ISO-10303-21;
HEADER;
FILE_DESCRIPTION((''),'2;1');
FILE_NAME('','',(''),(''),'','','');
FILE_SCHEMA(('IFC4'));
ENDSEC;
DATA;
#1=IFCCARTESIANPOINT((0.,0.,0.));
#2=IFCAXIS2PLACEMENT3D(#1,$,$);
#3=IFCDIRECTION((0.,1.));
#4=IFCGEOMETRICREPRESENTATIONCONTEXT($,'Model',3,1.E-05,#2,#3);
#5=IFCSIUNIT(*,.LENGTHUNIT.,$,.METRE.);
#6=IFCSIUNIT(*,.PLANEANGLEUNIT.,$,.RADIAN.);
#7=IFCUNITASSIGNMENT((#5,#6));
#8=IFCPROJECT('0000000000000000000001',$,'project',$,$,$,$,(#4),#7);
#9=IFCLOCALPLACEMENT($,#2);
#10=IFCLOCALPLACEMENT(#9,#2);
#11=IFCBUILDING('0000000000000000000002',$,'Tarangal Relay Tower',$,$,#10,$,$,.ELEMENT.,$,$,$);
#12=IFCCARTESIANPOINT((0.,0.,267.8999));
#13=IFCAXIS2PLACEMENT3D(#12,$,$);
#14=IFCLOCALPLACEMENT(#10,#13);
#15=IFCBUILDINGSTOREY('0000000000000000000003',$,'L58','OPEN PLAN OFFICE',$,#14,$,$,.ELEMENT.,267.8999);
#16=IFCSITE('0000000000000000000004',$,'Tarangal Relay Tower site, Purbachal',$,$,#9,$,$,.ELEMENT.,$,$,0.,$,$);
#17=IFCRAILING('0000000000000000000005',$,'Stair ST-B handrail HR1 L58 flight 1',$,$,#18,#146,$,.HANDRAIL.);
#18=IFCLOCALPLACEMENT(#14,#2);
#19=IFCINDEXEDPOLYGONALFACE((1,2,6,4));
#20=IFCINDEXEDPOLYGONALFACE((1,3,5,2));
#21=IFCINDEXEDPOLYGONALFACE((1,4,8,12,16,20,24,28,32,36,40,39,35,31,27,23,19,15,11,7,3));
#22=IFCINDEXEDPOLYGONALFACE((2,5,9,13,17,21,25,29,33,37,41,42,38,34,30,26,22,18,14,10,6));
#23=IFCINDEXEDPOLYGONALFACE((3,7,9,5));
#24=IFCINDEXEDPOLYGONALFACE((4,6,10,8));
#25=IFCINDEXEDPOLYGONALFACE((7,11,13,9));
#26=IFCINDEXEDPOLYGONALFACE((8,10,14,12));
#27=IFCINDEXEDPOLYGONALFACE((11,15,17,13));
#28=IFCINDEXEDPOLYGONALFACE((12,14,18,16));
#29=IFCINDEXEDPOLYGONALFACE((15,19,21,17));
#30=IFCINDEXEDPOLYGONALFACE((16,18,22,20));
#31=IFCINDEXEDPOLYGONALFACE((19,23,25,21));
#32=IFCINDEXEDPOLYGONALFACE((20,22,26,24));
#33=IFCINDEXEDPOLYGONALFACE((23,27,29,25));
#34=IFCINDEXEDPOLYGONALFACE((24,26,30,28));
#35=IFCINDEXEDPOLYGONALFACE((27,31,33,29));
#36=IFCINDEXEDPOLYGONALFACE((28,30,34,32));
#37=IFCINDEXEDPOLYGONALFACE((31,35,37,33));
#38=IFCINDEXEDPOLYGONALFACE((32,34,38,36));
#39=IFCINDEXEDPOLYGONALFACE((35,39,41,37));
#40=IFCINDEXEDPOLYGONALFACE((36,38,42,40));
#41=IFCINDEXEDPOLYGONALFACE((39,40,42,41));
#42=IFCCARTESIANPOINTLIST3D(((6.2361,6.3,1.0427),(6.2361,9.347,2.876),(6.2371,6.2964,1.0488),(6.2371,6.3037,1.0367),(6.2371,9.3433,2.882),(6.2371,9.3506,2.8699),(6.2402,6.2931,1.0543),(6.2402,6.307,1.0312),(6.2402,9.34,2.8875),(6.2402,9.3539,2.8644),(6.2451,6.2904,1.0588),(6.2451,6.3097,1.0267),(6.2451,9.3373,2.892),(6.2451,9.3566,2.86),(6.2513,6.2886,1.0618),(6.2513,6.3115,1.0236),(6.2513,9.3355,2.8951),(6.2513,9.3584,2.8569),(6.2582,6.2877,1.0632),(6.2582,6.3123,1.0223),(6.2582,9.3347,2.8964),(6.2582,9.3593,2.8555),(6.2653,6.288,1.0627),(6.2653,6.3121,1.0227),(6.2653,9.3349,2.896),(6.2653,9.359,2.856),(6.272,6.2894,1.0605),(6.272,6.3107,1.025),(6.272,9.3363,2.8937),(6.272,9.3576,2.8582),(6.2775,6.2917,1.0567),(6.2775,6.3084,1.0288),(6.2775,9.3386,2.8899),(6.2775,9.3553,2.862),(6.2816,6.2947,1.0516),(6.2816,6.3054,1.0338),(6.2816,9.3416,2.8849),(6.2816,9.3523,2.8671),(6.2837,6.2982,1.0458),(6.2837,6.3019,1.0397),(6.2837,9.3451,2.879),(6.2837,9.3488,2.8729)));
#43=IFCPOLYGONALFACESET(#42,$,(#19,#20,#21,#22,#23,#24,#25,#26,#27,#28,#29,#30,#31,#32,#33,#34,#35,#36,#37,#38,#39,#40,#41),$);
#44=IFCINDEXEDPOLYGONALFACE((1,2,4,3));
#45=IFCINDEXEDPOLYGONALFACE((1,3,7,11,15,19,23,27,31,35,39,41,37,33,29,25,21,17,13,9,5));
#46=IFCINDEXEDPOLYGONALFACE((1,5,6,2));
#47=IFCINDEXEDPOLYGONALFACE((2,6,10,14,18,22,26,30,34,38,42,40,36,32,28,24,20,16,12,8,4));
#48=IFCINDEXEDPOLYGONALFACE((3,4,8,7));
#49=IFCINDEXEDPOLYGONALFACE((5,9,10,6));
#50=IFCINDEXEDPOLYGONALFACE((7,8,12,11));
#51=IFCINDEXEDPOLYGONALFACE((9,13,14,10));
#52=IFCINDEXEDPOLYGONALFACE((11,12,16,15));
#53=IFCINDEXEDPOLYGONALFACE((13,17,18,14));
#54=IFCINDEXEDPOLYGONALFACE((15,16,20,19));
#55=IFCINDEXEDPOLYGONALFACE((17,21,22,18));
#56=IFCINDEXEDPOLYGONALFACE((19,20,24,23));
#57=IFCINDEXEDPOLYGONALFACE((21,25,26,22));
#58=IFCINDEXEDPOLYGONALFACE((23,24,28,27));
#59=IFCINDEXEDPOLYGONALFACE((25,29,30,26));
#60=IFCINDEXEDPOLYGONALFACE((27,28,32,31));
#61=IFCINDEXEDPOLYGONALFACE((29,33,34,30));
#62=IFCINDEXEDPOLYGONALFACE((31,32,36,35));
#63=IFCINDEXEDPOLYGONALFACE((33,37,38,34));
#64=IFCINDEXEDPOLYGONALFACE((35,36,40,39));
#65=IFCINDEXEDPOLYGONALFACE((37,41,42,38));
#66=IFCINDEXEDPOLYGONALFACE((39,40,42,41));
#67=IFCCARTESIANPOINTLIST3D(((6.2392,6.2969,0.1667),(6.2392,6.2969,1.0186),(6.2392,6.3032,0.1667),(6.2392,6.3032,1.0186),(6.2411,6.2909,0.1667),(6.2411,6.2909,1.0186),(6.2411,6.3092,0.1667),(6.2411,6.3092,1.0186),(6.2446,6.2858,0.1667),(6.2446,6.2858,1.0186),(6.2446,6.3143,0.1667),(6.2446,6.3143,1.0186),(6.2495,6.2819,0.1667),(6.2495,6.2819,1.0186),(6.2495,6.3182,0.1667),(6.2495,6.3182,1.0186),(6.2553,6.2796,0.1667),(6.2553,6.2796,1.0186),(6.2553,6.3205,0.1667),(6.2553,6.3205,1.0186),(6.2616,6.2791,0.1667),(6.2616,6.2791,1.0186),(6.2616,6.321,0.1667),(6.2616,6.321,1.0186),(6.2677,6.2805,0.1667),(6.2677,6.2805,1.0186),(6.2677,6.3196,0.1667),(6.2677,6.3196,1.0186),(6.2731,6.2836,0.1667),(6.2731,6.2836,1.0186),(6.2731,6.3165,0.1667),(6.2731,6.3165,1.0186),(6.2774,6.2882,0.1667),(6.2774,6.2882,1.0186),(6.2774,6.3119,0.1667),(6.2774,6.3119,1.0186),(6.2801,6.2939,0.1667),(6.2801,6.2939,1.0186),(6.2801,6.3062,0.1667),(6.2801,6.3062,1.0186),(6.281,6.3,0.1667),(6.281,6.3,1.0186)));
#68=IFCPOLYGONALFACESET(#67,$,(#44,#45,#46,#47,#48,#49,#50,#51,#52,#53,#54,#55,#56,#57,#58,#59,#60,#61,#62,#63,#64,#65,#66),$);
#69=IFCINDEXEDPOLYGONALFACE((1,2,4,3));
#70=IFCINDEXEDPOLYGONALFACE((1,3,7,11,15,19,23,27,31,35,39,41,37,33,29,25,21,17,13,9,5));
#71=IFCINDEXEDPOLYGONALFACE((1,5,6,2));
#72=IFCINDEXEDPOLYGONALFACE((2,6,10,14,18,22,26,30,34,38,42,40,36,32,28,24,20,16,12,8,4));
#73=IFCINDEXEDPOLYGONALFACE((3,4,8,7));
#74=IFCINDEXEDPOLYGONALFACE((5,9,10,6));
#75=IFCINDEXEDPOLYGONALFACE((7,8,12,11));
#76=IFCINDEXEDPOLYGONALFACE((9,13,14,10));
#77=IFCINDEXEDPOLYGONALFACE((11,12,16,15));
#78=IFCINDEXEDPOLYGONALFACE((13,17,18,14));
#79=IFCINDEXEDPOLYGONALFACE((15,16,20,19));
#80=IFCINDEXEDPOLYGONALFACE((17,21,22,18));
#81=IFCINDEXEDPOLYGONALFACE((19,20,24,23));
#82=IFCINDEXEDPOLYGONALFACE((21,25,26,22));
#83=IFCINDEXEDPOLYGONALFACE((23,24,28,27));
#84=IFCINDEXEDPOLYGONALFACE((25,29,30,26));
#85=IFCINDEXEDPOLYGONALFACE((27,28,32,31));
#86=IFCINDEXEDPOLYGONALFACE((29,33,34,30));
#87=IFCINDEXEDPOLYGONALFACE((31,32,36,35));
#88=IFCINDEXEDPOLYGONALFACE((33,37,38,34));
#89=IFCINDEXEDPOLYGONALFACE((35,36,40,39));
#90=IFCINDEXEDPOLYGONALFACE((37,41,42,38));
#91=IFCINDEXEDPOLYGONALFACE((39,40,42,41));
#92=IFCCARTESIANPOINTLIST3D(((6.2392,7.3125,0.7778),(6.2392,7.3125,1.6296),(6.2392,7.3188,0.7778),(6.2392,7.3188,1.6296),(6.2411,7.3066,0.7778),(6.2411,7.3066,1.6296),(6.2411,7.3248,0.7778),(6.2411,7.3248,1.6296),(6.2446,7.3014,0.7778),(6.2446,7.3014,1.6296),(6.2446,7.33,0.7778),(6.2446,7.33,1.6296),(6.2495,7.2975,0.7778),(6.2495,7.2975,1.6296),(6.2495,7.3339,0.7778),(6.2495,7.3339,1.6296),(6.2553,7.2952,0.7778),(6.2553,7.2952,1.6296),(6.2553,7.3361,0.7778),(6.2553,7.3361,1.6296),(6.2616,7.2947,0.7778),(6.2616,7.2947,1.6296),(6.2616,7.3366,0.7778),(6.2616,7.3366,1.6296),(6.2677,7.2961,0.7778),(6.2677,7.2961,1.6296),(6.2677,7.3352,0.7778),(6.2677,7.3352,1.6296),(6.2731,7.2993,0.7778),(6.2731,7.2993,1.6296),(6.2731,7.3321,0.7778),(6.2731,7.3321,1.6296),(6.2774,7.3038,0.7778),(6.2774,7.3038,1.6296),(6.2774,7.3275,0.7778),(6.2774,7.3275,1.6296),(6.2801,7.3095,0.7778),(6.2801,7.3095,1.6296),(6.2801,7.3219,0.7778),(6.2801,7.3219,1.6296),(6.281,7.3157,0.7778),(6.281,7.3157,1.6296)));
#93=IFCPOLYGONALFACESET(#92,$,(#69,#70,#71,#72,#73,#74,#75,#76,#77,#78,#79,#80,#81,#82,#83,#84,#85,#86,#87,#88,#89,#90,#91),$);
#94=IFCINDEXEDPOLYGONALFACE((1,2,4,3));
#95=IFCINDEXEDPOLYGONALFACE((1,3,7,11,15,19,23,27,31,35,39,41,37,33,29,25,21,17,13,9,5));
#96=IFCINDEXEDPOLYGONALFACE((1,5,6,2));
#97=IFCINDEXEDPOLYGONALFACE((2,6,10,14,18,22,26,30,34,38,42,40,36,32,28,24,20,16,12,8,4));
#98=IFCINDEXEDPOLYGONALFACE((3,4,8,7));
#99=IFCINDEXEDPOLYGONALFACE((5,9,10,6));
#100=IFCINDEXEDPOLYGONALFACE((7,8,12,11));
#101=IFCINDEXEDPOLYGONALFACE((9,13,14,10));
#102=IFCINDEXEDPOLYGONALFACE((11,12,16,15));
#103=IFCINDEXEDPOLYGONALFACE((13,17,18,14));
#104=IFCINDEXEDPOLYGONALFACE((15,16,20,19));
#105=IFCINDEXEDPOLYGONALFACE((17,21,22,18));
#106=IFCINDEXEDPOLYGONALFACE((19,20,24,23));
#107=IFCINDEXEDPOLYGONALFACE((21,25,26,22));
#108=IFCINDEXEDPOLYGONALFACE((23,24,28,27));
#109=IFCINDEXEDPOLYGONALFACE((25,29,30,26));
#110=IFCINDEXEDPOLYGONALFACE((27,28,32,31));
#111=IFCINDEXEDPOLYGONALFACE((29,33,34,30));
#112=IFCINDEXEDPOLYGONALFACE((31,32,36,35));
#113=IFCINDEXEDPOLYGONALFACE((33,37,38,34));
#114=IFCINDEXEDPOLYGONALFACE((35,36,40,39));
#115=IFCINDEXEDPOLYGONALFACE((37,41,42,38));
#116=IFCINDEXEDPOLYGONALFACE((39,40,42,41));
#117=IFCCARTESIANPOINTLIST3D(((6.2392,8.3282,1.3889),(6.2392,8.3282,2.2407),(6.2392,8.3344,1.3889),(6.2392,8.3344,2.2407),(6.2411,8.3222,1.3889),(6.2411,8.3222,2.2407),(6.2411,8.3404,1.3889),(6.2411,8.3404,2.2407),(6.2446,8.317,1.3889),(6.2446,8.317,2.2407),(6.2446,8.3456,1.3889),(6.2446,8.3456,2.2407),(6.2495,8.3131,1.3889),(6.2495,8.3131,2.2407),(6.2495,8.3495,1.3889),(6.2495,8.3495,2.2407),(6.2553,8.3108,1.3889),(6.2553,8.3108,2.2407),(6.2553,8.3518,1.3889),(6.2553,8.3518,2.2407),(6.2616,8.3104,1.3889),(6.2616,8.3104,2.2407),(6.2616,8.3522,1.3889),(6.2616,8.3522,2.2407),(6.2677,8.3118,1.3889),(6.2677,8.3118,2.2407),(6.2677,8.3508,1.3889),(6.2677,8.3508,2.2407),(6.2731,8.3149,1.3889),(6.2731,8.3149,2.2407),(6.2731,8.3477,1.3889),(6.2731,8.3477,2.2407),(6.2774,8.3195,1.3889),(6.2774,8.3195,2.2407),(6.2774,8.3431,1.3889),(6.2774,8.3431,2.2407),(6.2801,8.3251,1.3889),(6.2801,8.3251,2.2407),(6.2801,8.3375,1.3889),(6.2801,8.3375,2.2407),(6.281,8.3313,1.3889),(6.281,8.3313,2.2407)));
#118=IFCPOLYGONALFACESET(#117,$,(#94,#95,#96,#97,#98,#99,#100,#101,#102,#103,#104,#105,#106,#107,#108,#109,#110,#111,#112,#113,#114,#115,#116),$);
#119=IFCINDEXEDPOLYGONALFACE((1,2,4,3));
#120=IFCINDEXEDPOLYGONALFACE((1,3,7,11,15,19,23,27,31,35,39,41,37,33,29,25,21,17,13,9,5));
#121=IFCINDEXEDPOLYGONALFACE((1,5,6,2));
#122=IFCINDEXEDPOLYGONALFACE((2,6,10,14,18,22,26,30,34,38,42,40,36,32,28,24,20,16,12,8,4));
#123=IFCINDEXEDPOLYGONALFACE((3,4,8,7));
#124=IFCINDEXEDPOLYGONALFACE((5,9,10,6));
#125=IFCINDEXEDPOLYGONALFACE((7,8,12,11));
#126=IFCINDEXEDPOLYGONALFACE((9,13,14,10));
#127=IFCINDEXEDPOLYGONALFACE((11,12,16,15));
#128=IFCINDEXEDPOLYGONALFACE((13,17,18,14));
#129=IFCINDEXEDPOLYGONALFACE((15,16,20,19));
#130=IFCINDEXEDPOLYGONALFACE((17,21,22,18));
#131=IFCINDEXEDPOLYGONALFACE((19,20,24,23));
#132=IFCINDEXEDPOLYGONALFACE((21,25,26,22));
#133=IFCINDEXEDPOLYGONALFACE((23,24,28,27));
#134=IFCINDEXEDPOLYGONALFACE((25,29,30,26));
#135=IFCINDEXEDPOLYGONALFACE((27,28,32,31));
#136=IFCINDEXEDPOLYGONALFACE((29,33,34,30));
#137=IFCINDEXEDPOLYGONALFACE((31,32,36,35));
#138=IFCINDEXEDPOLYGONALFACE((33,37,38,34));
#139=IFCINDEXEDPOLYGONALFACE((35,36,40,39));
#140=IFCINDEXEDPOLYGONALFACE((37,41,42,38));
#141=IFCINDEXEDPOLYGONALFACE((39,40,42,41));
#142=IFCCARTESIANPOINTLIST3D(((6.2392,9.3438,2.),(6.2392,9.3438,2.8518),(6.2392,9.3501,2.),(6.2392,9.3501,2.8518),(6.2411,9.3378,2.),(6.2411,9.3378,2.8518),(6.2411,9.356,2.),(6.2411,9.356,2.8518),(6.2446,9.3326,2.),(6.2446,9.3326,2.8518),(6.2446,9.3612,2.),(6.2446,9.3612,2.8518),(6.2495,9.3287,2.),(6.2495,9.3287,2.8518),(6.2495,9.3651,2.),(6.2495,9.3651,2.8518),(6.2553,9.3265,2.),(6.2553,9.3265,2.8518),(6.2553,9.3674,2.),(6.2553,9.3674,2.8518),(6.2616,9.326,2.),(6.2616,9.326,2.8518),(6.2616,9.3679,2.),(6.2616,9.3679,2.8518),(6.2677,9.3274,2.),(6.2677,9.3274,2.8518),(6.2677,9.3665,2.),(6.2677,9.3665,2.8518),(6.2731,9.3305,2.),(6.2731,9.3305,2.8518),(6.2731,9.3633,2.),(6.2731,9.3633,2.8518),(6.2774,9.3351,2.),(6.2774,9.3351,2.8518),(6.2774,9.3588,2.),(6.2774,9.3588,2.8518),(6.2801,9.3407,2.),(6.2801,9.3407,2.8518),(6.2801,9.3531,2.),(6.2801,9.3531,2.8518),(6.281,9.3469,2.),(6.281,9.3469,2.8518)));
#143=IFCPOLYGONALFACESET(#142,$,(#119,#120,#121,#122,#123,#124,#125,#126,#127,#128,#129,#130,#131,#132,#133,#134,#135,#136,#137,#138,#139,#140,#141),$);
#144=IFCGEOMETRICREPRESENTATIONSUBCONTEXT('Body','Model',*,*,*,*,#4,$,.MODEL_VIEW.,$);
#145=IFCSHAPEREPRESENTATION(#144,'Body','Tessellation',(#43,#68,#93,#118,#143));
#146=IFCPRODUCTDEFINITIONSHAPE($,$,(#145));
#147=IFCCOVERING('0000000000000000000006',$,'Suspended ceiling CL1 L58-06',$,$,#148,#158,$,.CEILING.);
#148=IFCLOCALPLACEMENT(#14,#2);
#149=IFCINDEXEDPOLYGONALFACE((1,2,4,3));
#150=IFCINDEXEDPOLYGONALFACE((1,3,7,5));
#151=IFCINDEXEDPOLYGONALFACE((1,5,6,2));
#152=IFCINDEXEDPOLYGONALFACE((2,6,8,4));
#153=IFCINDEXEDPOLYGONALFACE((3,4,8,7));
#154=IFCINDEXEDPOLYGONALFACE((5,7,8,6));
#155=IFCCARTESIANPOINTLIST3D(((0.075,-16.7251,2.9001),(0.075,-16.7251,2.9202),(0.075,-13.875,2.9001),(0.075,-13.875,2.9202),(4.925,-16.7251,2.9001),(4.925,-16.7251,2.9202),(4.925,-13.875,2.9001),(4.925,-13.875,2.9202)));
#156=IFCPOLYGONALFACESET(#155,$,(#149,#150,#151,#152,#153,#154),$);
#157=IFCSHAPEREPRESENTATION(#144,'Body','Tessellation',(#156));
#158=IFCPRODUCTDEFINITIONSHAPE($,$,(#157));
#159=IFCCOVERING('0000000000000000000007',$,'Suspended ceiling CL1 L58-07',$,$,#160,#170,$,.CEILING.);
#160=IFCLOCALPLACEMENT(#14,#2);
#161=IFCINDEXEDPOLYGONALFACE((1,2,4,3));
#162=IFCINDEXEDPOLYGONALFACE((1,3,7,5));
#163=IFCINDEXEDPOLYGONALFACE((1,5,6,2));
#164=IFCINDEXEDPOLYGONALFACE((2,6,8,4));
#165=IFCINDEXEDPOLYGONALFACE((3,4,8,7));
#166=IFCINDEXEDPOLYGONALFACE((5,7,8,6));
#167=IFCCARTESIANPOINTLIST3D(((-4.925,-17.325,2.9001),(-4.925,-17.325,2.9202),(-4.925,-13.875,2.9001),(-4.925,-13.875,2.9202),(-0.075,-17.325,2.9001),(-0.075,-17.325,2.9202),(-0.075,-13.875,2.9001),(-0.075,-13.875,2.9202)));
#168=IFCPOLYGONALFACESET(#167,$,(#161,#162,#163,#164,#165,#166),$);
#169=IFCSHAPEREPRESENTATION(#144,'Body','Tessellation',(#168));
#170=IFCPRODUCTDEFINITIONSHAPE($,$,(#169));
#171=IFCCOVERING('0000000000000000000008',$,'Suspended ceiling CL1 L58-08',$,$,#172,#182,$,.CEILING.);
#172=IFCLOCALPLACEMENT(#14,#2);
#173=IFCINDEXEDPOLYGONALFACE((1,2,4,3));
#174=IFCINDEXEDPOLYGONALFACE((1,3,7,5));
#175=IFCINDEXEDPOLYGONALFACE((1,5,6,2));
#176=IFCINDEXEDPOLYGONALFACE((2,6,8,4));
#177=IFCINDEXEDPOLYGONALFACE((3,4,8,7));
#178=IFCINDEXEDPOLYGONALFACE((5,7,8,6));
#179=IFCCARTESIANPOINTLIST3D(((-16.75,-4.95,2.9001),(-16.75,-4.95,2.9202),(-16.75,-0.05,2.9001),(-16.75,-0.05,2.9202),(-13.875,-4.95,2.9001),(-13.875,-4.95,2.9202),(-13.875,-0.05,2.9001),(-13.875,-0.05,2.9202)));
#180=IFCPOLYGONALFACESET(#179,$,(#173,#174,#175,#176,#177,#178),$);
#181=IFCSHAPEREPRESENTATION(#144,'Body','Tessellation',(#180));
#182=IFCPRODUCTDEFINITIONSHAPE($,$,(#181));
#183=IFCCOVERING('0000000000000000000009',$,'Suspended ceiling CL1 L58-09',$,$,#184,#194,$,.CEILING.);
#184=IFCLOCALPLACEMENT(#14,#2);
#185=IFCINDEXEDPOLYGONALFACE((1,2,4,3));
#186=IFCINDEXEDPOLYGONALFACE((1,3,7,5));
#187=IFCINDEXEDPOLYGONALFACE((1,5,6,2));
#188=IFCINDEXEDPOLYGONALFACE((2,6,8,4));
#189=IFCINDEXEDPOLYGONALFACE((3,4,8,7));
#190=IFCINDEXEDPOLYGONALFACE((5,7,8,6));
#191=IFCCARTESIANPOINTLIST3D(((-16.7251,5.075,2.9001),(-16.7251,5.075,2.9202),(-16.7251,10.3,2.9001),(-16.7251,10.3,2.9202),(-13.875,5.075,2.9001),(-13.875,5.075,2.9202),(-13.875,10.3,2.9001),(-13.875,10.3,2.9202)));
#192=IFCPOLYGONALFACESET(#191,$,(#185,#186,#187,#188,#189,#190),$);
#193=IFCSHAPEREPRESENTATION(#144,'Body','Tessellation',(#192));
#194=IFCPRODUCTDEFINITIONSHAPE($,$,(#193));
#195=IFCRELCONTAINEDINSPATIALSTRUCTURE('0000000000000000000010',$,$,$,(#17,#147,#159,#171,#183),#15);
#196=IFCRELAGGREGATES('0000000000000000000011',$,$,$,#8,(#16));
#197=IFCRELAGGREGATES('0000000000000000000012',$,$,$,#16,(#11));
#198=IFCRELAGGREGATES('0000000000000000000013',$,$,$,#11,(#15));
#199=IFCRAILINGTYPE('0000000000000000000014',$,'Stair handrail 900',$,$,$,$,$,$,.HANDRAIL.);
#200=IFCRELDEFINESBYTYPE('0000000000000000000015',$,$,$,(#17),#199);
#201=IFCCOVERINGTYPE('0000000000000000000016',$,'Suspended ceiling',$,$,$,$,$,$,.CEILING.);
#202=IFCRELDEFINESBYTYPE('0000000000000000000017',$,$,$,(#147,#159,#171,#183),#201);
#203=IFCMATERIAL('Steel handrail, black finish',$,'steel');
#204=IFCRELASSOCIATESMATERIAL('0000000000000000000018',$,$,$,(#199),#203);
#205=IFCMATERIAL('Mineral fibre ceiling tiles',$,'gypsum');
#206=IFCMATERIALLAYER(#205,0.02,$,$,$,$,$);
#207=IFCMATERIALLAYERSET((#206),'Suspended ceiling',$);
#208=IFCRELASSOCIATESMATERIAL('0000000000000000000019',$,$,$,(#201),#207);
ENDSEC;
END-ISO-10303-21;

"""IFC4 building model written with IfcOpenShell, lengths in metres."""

from ifc_helpers import new_model, si_unit, direction, frame, origin, origin_2d, place, context, subcontext, project, spatial, polyline, circle, outline, extrude, material, layer, layer_set, type_object, element, save


model = new_model("IFC4")

# Units and contexts
model_context = context("Model", 3, precision=1e-05, world=origin(), true_north=direction((0.0, 1.0)))
body_context = subcontext(model_context, "Body", "Model", "MODEL_VIEW")
ifc_project = project(units=[si_unit("LENGTHUNIT", "METRE"), si_unit("PLANEANGLEUNIT", "RADIAN")], contexts=[model_context])

# Site, building, storey
site_placement = place(None, origin())
site = spatial("IfcSite", under=ifc_project, at=site_placement, Name="Tarangal Relay Tower site, Purbachal", CompositionType="ELEMENT", RefElevation=0.0)
building_placement = place(site_placement, origin())
building = spatial("IfcBuilding", under=site, at=building_placement, Name="Tarangal Relay Tower", CompositionType="ELEMENT")
storey_placement = place(building_placement, frame((0.0, 0.0, 267.8999)))
storey = spatial("IfcBuildingStorey", under=building, at=storey_placement, Name="L58", Description="OPEN PLAN OFFICE", CompositionType="ELEMENT", Elevation=267.8999)

# Railing
ifc_material_1 = material(Name="Steel handrail, black finish", Category="steel")
railing_type_1 = type_object("IfcRailingType", Name="Stair handrail 900", PredefinedType="HANDRAIL", material=ifc_material_1)
railing_1_placement = place(storey_placement, frame((6.26, 6.3, 0.1667)))
element("IfcRailing", 1, at=railing_1_placement, inside=storey, type_object=railing_type_1, Name="Stair ST-B handrail HR1 L58 flight 1", PredefinedType="HANDRAIL", context=body_context, shape_type="SweptSolid", body=[
    extrude(circle(Radius=0.0239, at=origin_2d()), frame((0.0, 0.0, 0.876), z_axis=(0.0, 0.856856, 0.515556), x_axis=(-1.0, 0.0, 0.0)), (0.0, 0.0, 1.0), 3.5559),
    extrude(circle(Radius=0.021, at=origin_2d()), origin(), (0.0, 0.0, 1.0), 0.8518),
    extrude(circle(Radius=0.021, at=origin_2d()), frame((0.0, 1.0156, 0.6111)), (0.0, 0.0, 1.0), 0.8518),
    extrude(circle(Radius=0.021, at=origin_2d()), frame((0.0, 2.0312, 1.2222)), (0.0, 0.0, 1.0), 0.8518),
    extrude(circle(Radius=0.021, at=origin_2d()), frame((0.0, 3.0469, 1.8333)), (0.0, 0.0, 1.0), 0.8518),
])

# Coverings
ifc_material_2 = material(Name="Mineral fibre ceiling tiles", Category="gypsum")
ifc_layer_1 = layer(ifc_material_2, 0.02)
ifc_layer_set_1 = layer_set([ifc_layer_1], Name="Suspended ceiling")
covering_type = type_object("IfcCoveringType", Name="Suspended ceiling", PredefinedType="CEILING", material=ifc_layer_set_1)
covering_1_placement = place(storey_placement, frame((0.0, 0.0, 2.9001)))
element("IfcCovering", 2, at=covering_1_placement, inside=storey, type_object=covering_type, Name="Suspended ceiling CL1 L58-06", PredefinedType="CEILING", context=body_context, shape_type="SweptSolid", body=[
    extrude(outline(polyline([(4.925, -13.875), (0.075, -13.875), (0.075, -16.7251), (4.925, -16.7251), (4.925, -13.875)])), origin(), (0.0, 0.0, 1.0), 0.02),
])
covering_2_placement = place(storey_placement, frame((0.0, 0.0, 2.9001)))
element("IfcCovering", 3, at=covering_2_placement, inside=storey, type_object=covering_type, Name="Suspended ceiling CL1 L58-07", PredefinedType="CEILING", context=body_context, shape_type="SweptSolid", body=[
    extrude(outline(polyline([(-4.925, -17.325), (-0.075, -17.325), (-0.075, -13.875), (-4.925, -13.875), (-4.925, -17.325)])), origin(), (0.0, 0.0, 1.0), 0.02),
])
covering_3_placement = place(storey_placement, frame((0.0, 0.0, 2.9001)))
element("IfcCovering", 4, at=covering_3_placement, inside=storey, type_object=covering_type, Name="Suspended ceiling CL1 L58-08", PredefinedType="CEILING", context=body_context, shape_type="SweptSolid", body=[
    extrude(outline(polyline([(-16.75, -0.05), (-16.75, -4.95), (-13.875, -4.95), (-13.875, -0.05), (-16.75, -0.05)])), origin(), (0.0, 0.0, 1.0), 0.02),
])
covering_4_placement = place(storey_placement, frame((0.0, 0.0, 2.9001)))
element("IfcCovering", 5, at=covering_4_placement, inside=storey, type_object=covering_type, Name="Suspended ceiling CL1 L58-09", PredefinedType="CEILING", context=body_context, shape_type="SweptSolid", body=[
    extrude(outline(polyline([(-13.875, 10.3), (-16.7251, 10.3), (-16.7251, 5.075), (-13.875, 5.075), (-13.875, 10.3)])), origin(), (0.0, 0.0, 1.0), 0.02),
])

save(model, "model.ifc")
